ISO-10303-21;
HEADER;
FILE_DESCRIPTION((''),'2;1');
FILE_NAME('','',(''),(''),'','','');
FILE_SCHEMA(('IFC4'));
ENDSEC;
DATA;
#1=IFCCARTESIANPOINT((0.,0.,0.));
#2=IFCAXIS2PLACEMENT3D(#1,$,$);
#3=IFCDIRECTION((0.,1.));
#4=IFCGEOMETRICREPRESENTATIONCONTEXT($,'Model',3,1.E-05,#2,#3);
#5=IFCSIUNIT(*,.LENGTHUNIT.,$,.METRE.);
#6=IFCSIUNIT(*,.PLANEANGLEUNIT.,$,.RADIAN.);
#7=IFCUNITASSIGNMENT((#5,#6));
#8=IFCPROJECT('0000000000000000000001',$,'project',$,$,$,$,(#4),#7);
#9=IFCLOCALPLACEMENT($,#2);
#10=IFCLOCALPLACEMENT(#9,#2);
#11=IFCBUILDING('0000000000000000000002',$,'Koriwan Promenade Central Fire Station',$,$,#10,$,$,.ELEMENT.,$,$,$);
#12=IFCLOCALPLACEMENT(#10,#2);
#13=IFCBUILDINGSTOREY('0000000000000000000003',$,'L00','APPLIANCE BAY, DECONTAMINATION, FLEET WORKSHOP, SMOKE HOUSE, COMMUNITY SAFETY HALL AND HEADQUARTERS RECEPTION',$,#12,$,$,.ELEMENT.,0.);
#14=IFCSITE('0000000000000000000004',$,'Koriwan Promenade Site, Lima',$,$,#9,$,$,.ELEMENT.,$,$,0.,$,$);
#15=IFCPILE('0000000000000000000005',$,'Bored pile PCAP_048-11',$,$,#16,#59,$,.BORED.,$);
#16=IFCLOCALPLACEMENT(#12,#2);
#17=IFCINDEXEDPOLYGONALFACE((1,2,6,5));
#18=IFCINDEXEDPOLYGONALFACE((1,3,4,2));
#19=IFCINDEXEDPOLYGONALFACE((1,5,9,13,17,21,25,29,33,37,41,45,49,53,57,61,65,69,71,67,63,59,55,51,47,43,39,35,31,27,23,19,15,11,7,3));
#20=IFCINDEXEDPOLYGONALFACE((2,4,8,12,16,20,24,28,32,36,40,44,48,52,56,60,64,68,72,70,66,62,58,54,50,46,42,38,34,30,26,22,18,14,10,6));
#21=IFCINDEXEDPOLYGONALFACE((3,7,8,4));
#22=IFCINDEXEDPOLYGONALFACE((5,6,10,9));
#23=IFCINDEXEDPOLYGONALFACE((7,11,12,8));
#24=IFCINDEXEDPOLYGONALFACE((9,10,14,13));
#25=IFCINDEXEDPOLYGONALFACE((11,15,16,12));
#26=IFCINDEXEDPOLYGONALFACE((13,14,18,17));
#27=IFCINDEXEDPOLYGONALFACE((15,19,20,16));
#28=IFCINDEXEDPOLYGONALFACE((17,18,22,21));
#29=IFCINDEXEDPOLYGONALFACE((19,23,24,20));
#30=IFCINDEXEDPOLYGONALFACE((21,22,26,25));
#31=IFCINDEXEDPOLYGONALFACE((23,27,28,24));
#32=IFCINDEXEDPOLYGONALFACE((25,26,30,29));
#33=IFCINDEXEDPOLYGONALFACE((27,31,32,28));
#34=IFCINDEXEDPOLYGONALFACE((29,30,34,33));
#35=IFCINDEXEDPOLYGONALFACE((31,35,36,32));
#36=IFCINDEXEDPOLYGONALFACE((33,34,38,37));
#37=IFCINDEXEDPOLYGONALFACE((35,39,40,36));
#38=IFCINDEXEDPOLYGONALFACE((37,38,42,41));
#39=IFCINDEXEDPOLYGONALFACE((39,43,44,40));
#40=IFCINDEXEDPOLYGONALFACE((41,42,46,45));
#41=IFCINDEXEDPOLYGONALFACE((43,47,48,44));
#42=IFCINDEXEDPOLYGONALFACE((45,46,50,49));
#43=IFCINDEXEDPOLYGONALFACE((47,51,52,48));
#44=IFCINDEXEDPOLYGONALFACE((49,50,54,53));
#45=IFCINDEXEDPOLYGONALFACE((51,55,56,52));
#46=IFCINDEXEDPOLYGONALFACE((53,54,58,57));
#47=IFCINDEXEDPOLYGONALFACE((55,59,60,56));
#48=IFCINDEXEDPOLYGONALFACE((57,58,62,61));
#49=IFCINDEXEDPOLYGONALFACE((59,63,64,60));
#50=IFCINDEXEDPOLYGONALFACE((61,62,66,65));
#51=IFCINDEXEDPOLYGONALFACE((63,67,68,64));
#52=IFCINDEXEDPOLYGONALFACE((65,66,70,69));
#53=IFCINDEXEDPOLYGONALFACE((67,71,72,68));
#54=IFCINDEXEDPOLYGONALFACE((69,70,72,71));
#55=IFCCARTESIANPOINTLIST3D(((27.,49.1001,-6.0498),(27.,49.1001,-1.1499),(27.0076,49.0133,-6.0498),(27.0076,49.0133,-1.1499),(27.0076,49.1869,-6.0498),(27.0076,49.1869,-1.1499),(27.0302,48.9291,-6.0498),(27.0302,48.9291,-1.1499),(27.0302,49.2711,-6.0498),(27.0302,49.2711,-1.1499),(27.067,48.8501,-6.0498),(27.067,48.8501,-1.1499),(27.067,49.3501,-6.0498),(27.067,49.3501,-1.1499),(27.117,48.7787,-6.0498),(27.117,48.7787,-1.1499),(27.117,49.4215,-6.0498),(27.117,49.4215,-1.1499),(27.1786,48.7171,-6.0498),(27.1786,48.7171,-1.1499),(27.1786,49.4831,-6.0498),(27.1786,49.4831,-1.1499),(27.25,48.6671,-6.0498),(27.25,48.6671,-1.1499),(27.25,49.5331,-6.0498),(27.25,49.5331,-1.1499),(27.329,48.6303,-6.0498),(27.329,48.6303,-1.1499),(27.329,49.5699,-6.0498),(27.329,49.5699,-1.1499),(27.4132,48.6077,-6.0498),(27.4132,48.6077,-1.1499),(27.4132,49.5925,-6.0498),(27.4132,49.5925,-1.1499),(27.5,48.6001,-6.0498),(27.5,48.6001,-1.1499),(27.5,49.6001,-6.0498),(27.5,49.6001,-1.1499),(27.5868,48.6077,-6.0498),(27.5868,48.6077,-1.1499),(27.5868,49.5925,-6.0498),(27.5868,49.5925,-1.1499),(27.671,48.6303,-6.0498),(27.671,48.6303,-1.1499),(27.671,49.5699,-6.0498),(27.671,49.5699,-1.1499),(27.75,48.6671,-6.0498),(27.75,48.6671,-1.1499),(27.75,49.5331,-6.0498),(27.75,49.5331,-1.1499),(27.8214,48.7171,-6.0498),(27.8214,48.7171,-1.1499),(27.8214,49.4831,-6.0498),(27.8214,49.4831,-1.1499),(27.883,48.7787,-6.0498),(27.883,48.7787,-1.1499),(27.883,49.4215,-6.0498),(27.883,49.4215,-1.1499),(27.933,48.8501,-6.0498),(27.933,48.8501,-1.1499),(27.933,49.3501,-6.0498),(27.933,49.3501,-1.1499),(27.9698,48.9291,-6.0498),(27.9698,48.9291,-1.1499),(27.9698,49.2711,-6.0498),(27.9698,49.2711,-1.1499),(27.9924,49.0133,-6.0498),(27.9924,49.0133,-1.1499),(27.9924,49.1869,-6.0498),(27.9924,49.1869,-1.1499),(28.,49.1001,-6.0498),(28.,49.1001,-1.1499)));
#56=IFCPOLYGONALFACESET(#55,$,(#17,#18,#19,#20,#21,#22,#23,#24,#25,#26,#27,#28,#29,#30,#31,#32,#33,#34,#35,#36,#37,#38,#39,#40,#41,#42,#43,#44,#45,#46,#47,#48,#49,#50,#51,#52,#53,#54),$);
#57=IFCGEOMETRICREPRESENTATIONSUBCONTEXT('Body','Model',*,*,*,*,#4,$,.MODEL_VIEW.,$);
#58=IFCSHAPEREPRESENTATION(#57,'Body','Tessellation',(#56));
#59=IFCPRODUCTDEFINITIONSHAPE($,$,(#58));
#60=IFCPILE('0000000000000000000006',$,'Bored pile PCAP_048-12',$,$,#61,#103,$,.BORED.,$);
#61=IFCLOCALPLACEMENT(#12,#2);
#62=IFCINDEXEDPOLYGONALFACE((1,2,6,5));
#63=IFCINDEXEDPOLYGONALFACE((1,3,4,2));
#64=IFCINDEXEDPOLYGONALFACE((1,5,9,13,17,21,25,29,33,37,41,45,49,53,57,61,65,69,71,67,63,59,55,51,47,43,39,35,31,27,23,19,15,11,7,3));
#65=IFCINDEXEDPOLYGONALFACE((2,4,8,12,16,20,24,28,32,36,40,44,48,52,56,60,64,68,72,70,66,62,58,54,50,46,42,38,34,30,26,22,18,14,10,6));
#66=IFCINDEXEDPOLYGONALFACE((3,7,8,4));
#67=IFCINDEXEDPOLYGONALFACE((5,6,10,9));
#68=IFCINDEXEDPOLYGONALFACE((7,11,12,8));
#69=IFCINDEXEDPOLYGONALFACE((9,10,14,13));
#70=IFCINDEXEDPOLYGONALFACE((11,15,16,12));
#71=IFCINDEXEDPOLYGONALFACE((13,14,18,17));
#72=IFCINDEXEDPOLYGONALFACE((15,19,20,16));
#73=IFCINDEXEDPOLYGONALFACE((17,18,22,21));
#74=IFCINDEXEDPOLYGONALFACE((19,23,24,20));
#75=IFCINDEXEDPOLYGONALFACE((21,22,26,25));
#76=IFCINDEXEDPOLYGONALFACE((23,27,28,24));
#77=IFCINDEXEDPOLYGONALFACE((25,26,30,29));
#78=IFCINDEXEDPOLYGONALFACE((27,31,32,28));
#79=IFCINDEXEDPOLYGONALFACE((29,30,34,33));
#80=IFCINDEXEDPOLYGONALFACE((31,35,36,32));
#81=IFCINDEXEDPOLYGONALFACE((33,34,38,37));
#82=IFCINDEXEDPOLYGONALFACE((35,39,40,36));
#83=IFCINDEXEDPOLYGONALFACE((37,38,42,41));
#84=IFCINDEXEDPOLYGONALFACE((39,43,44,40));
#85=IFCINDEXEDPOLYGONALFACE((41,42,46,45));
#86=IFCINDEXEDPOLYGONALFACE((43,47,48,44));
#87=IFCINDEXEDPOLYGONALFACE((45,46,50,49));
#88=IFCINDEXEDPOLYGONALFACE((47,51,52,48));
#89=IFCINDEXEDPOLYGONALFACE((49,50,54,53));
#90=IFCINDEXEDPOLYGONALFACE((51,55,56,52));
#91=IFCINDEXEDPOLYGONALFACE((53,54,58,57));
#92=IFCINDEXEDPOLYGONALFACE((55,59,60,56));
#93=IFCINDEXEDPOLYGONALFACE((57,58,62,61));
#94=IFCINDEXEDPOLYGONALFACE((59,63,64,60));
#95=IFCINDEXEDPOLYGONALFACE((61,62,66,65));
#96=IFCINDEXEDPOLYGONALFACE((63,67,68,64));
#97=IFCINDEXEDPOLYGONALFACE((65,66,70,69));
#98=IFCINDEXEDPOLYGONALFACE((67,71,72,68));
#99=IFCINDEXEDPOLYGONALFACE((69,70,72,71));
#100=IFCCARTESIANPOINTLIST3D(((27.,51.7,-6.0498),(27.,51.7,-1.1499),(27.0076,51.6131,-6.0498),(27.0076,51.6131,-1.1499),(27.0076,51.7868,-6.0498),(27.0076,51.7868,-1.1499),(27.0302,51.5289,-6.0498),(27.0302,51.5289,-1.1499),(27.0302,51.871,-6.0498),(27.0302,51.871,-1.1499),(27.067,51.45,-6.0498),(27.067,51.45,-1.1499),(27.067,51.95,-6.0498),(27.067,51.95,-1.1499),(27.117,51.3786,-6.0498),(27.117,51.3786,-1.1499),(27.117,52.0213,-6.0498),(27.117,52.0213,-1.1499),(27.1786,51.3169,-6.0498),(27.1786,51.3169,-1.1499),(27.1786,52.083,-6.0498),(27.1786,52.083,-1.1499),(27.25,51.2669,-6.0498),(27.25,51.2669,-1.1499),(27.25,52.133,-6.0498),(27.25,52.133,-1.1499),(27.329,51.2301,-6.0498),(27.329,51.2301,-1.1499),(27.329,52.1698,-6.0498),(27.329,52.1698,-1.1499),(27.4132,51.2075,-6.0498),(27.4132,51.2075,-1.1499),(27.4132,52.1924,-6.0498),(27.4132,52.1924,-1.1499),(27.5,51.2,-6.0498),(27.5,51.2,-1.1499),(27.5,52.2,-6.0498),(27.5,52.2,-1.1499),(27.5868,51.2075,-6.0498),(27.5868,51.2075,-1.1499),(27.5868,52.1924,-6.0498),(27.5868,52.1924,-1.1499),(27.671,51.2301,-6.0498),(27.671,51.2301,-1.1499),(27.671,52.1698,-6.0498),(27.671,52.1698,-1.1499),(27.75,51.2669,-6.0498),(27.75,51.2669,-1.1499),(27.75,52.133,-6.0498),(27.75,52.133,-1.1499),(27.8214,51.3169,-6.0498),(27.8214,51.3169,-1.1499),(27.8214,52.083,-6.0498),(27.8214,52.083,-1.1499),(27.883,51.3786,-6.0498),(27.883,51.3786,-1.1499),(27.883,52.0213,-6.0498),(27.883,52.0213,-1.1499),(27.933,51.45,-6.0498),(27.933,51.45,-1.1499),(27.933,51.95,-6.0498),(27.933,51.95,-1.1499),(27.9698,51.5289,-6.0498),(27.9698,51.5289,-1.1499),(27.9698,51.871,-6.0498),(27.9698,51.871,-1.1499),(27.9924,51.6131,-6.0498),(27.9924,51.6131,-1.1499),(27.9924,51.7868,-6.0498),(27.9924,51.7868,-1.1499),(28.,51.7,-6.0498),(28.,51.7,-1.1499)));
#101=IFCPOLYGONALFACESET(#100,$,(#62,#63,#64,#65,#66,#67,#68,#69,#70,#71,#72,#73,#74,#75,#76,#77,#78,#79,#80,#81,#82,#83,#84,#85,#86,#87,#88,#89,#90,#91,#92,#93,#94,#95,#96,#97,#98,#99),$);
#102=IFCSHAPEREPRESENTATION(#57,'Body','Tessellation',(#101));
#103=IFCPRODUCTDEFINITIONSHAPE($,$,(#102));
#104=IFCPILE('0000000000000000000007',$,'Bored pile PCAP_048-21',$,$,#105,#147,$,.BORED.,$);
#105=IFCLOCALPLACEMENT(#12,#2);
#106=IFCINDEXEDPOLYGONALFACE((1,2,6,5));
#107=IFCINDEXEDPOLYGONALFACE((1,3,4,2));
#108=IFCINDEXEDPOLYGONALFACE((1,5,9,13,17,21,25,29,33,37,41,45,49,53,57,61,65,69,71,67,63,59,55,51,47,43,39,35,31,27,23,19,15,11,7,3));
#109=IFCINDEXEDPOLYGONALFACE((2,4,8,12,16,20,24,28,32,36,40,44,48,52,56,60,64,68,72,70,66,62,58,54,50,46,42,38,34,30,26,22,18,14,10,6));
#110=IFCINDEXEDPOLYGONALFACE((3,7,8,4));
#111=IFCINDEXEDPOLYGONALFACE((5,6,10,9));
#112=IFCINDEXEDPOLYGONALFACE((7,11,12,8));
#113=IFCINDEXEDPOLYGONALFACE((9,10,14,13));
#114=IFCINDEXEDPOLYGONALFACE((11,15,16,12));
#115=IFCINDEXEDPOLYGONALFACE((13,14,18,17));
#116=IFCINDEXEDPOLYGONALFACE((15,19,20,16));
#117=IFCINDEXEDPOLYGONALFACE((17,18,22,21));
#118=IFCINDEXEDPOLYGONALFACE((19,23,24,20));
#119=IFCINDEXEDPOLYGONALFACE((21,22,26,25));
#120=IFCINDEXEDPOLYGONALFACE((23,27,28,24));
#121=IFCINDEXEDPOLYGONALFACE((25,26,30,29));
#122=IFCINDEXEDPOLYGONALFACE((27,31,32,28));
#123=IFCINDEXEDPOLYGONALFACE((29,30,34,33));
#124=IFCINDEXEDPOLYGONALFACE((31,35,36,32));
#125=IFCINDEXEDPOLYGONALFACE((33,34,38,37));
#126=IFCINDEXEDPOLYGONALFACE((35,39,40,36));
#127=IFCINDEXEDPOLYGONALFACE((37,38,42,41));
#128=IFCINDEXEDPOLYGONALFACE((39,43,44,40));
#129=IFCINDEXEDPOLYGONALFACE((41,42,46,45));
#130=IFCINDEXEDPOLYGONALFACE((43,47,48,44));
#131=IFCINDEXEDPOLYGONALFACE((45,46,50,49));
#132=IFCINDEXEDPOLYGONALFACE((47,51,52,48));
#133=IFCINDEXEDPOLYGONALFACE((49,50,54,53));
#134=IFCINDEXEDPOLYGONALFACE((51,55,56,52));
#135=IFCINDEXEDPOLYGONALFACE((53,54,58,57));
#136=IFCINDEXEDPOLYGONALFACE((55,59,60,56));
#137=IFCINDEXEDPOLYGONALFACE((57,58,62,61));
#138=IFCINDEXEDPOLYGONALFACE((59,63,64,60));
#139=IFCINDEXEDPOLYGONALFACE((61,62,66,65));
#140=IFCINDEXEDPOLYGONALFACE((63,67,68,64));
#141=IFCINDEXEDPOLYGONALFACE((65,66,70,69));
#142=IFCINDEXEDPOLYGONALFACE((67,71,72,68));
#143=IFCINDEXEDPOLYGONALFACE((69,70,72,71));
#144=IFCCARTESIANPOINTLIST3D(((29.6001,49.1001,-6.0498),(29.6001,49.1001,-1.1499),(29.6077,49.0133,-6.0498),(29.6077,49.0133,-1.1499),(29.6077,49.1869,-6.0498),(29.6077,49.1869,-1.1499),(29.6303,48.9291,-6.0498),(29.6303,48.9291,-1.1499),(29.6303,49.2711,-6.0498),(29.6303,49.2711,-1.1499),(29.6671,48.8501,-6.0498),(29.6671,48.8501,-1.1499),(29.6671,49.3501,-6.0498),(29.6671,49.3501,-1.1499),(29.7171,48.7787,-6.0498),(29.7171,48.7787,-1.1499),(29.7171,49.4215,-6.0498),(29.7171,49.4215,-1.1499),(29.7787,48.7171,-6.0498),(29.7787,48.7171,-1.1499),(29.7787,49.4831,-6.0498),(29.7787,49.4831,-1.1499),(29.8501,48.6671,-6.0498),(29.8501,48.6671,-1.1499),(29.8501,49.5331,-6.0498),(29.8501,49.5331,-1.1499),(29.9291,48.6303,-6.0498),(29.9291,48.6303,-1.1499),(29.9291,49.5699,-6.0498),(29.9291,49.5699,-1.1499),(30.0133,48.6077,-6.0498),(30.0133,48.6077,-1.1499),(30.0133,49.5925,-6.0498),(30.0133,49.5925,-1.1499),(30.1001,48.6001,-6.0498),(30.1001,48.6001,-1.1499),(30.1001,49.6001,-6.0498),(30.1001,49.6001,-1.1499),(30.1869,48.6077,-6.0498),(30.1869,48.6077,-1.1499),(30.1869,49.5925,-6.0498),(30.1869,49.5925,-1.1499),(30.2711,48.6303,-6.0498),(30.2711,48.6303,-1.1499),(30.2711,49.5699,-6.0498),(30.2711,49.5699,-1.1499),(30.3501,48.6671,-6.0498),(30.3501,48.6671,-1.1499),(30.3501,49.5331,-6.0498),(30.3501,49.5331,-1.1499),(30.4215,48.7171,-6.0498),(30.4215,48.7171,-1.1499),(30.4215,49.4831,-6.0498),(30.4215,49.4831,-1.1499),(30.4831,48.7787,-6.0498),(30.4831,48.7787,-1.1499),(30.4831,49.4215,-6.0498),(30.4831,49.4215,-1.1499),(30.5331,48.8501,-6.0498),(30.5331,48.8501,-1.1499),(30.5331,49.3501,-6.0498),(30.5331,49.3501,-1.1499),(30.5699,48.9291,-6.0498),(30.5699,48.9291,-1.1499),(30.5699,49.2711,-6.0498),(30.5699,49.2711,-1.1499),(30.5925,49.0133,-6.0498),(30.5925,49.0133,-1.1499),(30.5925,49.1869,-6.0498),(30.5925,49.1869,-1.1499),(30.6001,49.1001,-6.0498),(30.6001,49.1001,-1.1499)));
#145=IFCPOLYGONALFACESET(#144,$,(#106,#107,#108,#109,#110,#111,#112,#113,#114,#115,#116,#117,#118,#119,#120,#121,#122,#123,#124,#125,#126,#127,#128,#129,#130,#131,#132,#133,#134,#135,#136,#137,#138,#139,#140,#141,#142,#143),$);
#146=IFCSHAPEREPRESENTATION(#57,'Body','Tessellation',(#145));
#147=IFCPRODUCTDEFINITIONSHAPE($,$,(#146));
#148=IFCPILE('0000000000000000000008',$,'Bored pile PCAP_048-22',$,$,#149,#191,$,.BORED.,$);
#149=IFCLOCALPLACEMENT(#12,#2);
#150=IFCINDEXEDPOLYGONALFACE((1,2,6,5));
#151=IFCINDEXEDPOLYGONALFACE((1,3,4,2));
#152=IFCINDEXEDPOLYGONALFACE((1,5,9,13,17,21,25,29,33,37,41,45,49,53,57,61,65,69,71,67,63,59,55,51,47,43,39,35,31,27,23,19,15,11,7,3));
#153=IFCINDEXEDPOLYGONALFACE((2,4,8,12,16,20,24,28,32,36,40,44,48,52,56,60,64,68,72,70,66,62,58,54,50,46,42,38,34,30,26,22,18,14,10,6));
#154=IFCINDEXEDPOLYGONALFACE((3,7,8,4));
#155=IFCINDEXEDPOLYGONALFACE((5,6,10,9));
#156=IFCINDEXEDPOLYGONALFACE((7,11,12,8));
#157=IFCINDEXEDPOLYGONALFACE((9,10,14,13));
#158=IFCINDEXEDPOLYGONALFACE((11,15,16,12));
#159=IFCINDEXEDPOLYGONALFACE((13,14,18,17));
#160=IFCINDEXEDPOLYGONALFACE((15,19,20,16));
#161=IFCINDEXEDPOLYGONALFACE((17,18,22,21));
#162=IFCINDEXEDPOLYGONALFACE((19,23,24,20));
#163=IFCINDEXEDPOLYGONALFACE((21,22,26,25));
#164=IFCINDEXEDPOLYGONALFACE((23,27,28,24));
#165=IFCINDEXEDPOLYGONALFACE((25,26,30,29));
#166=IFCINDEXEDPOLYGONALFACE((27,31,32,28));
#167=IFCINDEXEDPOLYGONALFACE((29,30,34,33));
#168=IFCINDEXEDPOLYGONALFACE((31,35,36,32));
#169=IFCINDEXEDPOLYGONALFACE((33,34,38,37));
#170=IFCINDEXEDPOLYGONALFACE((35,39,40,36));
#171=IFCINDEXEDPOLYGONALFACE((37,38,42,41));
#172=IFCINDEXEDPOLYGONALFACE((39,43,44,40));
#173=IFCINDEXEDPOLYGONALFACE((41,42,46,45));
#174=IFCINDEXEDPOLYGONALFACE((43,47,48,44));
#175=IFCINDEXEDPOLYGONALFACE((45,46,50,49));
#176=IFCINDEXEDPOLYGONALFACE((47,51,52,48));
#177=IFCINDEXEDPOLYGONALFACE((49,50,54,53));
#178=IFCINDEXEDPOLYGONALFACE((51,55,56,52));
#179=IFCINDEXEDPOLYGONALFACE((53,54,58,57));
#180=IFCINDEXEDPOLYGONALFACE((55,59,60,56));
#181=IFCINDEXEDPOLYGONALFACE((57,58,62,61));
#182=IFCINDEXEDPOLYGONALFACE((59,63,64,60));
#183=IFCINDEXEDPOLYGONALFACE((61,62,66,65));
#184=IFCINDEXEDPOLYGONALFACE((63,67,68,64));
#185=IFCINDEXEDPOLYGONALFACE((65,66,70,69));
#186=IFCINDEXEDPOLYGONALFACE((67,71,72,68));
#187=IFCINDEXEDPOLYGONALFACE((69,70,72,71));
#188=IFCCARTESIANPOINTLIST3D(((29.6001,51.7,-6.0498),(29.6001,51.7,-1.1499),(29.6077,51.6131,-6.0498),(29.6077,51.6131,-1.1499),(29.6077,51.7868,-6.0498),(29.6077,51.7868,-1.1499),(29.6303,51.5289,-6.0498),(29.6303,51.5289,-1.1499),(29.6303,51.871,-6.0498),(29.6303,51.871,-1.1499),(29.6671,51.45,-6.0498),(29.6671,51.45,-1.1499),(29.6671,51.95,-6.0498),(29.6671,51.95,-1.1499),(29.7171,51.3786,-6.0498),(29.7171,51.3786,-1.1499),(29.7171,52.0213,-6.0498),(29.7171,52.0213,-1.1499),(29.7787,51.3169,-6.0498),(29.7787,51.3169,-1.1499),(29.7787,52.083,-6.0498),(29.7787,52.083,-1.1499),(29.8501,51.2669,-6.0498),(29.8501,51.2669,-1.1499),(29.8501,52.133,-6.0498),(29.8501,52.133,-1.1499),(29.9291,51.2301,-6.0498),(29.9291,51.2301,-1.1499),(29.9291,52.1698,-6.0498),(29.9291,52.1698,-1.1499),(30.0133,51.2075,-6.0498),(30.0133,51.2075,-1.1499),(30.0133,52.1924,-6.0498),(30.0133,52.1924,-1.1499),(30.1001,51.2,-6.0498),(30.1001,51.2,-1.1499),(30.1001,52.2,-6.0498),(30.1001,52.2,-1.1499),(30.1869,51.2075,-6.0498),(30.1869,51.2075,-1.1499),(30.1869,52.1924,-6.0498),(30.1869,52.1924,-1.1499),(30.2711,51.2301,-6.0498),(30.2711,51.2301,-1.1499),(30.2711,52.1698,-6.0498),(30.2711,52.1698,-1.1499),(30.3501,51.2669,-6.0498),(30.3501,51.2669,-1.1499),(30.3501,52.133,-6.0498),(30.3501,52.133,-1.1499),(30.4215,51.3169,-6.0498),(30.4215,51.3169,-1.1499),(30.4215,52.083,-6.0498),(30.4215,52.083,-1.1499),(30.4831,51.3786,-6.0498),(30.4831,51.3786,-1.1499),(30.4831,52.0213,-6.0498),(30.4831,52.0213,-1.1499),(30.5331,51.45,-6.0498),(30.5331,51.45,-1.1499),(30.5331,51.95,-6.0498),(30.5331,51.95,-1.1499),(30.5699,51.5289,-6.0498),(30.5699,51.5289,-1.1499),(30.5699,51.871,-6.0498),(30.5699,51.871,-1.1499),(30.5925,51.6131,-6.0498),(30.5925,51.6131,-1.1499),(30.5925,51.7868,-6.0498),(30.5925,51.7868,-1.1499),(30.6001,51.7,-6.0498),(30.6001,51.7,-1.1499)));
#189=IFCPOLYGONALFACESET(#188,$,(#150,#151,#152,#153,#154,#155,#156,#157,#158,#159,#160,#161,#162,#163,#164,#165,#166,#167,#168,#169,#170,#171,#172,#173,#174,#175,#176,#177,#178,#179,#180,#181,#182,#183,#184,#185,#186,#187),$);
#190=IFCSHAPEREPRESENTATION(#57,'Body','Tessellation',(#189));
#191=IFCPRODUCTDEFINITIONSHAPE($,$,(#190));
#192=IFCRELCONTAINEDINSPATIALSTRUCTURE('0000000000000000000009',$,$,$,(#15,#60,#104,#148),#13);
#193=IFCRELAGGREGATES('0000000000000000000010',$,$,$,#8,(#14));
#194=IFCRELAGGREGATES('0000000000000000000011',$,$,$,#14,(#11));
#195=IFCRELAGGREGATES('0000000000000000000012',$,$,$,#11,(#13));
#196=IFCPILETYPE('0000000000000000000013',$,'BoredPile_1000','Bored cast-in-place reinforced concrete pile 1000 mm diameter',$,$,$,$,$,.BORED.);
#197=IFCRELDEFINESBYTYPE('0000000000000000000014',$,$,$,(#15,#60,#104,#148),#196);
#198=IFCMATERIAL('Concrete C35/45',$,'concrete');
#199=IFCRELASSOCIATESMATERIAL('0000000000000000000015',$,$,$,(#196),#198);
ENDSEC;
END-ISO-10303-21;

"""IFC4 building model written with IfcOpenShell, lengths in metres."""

from ifc_helpers import new_model, si_unit, direction, frame, origin, origin_2d, place, context, subcontext, project, spatial, circle, extrude, material, material_profile, profile_set, type_object, element, save


model = new_model("IFC4")

# Units and contexts
model_context = context("Model", 3, precision=1e-05, world=origin(), true_north=direction((0.0, 1.0)))
body_context = subcontext(model_context, "Body", "Model", "MODEL_VIEW")
ifc_project = project(units=[si_unit("LENGTHUNIT", "METRE"), si_unit("PLANEANGLEUNIT", "RADIAN")], contexts=[model_context])

# Site, building, storey
site_placement = place(None, origin())
site = spatial("IfcSite", under=ifc_project, at=site_placement, Name="Koriwan Promenade Site, Lima", CompositionType="ELEMENT", RefElevation=0.0)
building_placement = place(site_placement, origin())
building = spatial("IfcBuilding", under=site, at=building_placement, Name="Koriwan Promenade Central Fire Station", CompositionType="ELEMENT")
storey_placement = place(building_placement, origin())
storey = spatial("IfcBuildingStorey", under=building, at=storey_placement, Name="L00", Description="APPLIANCE BAY, DECONTAMINATION, FLEET WORKSHOP, SMOKE HOUSE, COMMUNITY SAFETY HALL AND HEADQUARTERS RECEPTION", CompositionType="ELEMENT", Elevation=0.0)

# Piles
ifc_material_1 = material(Name="Concrete C35/45", Category="concrete")
ifc_material_profile_1 = material_profile(ifc_material_1, circle(Radius=0.5, at=origin_2d()), Name="PILE-D1000")
ifc_profile_set_1 = profile_set([ifc_material_profile_1], Name="Concrete C35/45")
pile_type = type_object("IfcPileType", Name="BoredPile_1000", Description="Bored cast-in-place reinforced concrete pile 1000 mm diameter", PredefinedType="BORED", material=ifc_profile_set_1)
for number, where, z_axis, x_axis, name in (
    (1, (27.5, 49.1001, -1.1499), (0.0, 0.0, -1.0), (1.0, 0.0, 0.0), "Bored pile PCAP_048-11"),
    (2, (27.5, 51.7, -1.1499), (0.0, 0.0, -1.0), (1.0, 0.0, 0.0), "Bored pile PCAP_048-12"),
    (3, (30.1001, 49.1001, -1.1499), (0.0, 0.0, -1.0), (1.0, 0.0, 0.0), "Bored pile PCAP_048-21"),
    (4, (30.1001, 51.7, -1.1499), (0.0, 0.0, -1.0), (1.0, 0.0, 0.0), "Bored pile PCAP_048-22"),
):
    element("IfcPile", number, at=place(storey_placement, frame(where, z_axis=z_axis, x_axis=x_axis)), inside=storey, type_object=pile_type, Name=name, PredefinedType="BORED", context=body_context, shape_type="SweptSolid", body=[
        extrude(circle(Radius=0.5, at=origin_2d()), origin(), (0.0, 0.0, 1.0), 4.8999),
    ])

save(model, "model.ifc")
